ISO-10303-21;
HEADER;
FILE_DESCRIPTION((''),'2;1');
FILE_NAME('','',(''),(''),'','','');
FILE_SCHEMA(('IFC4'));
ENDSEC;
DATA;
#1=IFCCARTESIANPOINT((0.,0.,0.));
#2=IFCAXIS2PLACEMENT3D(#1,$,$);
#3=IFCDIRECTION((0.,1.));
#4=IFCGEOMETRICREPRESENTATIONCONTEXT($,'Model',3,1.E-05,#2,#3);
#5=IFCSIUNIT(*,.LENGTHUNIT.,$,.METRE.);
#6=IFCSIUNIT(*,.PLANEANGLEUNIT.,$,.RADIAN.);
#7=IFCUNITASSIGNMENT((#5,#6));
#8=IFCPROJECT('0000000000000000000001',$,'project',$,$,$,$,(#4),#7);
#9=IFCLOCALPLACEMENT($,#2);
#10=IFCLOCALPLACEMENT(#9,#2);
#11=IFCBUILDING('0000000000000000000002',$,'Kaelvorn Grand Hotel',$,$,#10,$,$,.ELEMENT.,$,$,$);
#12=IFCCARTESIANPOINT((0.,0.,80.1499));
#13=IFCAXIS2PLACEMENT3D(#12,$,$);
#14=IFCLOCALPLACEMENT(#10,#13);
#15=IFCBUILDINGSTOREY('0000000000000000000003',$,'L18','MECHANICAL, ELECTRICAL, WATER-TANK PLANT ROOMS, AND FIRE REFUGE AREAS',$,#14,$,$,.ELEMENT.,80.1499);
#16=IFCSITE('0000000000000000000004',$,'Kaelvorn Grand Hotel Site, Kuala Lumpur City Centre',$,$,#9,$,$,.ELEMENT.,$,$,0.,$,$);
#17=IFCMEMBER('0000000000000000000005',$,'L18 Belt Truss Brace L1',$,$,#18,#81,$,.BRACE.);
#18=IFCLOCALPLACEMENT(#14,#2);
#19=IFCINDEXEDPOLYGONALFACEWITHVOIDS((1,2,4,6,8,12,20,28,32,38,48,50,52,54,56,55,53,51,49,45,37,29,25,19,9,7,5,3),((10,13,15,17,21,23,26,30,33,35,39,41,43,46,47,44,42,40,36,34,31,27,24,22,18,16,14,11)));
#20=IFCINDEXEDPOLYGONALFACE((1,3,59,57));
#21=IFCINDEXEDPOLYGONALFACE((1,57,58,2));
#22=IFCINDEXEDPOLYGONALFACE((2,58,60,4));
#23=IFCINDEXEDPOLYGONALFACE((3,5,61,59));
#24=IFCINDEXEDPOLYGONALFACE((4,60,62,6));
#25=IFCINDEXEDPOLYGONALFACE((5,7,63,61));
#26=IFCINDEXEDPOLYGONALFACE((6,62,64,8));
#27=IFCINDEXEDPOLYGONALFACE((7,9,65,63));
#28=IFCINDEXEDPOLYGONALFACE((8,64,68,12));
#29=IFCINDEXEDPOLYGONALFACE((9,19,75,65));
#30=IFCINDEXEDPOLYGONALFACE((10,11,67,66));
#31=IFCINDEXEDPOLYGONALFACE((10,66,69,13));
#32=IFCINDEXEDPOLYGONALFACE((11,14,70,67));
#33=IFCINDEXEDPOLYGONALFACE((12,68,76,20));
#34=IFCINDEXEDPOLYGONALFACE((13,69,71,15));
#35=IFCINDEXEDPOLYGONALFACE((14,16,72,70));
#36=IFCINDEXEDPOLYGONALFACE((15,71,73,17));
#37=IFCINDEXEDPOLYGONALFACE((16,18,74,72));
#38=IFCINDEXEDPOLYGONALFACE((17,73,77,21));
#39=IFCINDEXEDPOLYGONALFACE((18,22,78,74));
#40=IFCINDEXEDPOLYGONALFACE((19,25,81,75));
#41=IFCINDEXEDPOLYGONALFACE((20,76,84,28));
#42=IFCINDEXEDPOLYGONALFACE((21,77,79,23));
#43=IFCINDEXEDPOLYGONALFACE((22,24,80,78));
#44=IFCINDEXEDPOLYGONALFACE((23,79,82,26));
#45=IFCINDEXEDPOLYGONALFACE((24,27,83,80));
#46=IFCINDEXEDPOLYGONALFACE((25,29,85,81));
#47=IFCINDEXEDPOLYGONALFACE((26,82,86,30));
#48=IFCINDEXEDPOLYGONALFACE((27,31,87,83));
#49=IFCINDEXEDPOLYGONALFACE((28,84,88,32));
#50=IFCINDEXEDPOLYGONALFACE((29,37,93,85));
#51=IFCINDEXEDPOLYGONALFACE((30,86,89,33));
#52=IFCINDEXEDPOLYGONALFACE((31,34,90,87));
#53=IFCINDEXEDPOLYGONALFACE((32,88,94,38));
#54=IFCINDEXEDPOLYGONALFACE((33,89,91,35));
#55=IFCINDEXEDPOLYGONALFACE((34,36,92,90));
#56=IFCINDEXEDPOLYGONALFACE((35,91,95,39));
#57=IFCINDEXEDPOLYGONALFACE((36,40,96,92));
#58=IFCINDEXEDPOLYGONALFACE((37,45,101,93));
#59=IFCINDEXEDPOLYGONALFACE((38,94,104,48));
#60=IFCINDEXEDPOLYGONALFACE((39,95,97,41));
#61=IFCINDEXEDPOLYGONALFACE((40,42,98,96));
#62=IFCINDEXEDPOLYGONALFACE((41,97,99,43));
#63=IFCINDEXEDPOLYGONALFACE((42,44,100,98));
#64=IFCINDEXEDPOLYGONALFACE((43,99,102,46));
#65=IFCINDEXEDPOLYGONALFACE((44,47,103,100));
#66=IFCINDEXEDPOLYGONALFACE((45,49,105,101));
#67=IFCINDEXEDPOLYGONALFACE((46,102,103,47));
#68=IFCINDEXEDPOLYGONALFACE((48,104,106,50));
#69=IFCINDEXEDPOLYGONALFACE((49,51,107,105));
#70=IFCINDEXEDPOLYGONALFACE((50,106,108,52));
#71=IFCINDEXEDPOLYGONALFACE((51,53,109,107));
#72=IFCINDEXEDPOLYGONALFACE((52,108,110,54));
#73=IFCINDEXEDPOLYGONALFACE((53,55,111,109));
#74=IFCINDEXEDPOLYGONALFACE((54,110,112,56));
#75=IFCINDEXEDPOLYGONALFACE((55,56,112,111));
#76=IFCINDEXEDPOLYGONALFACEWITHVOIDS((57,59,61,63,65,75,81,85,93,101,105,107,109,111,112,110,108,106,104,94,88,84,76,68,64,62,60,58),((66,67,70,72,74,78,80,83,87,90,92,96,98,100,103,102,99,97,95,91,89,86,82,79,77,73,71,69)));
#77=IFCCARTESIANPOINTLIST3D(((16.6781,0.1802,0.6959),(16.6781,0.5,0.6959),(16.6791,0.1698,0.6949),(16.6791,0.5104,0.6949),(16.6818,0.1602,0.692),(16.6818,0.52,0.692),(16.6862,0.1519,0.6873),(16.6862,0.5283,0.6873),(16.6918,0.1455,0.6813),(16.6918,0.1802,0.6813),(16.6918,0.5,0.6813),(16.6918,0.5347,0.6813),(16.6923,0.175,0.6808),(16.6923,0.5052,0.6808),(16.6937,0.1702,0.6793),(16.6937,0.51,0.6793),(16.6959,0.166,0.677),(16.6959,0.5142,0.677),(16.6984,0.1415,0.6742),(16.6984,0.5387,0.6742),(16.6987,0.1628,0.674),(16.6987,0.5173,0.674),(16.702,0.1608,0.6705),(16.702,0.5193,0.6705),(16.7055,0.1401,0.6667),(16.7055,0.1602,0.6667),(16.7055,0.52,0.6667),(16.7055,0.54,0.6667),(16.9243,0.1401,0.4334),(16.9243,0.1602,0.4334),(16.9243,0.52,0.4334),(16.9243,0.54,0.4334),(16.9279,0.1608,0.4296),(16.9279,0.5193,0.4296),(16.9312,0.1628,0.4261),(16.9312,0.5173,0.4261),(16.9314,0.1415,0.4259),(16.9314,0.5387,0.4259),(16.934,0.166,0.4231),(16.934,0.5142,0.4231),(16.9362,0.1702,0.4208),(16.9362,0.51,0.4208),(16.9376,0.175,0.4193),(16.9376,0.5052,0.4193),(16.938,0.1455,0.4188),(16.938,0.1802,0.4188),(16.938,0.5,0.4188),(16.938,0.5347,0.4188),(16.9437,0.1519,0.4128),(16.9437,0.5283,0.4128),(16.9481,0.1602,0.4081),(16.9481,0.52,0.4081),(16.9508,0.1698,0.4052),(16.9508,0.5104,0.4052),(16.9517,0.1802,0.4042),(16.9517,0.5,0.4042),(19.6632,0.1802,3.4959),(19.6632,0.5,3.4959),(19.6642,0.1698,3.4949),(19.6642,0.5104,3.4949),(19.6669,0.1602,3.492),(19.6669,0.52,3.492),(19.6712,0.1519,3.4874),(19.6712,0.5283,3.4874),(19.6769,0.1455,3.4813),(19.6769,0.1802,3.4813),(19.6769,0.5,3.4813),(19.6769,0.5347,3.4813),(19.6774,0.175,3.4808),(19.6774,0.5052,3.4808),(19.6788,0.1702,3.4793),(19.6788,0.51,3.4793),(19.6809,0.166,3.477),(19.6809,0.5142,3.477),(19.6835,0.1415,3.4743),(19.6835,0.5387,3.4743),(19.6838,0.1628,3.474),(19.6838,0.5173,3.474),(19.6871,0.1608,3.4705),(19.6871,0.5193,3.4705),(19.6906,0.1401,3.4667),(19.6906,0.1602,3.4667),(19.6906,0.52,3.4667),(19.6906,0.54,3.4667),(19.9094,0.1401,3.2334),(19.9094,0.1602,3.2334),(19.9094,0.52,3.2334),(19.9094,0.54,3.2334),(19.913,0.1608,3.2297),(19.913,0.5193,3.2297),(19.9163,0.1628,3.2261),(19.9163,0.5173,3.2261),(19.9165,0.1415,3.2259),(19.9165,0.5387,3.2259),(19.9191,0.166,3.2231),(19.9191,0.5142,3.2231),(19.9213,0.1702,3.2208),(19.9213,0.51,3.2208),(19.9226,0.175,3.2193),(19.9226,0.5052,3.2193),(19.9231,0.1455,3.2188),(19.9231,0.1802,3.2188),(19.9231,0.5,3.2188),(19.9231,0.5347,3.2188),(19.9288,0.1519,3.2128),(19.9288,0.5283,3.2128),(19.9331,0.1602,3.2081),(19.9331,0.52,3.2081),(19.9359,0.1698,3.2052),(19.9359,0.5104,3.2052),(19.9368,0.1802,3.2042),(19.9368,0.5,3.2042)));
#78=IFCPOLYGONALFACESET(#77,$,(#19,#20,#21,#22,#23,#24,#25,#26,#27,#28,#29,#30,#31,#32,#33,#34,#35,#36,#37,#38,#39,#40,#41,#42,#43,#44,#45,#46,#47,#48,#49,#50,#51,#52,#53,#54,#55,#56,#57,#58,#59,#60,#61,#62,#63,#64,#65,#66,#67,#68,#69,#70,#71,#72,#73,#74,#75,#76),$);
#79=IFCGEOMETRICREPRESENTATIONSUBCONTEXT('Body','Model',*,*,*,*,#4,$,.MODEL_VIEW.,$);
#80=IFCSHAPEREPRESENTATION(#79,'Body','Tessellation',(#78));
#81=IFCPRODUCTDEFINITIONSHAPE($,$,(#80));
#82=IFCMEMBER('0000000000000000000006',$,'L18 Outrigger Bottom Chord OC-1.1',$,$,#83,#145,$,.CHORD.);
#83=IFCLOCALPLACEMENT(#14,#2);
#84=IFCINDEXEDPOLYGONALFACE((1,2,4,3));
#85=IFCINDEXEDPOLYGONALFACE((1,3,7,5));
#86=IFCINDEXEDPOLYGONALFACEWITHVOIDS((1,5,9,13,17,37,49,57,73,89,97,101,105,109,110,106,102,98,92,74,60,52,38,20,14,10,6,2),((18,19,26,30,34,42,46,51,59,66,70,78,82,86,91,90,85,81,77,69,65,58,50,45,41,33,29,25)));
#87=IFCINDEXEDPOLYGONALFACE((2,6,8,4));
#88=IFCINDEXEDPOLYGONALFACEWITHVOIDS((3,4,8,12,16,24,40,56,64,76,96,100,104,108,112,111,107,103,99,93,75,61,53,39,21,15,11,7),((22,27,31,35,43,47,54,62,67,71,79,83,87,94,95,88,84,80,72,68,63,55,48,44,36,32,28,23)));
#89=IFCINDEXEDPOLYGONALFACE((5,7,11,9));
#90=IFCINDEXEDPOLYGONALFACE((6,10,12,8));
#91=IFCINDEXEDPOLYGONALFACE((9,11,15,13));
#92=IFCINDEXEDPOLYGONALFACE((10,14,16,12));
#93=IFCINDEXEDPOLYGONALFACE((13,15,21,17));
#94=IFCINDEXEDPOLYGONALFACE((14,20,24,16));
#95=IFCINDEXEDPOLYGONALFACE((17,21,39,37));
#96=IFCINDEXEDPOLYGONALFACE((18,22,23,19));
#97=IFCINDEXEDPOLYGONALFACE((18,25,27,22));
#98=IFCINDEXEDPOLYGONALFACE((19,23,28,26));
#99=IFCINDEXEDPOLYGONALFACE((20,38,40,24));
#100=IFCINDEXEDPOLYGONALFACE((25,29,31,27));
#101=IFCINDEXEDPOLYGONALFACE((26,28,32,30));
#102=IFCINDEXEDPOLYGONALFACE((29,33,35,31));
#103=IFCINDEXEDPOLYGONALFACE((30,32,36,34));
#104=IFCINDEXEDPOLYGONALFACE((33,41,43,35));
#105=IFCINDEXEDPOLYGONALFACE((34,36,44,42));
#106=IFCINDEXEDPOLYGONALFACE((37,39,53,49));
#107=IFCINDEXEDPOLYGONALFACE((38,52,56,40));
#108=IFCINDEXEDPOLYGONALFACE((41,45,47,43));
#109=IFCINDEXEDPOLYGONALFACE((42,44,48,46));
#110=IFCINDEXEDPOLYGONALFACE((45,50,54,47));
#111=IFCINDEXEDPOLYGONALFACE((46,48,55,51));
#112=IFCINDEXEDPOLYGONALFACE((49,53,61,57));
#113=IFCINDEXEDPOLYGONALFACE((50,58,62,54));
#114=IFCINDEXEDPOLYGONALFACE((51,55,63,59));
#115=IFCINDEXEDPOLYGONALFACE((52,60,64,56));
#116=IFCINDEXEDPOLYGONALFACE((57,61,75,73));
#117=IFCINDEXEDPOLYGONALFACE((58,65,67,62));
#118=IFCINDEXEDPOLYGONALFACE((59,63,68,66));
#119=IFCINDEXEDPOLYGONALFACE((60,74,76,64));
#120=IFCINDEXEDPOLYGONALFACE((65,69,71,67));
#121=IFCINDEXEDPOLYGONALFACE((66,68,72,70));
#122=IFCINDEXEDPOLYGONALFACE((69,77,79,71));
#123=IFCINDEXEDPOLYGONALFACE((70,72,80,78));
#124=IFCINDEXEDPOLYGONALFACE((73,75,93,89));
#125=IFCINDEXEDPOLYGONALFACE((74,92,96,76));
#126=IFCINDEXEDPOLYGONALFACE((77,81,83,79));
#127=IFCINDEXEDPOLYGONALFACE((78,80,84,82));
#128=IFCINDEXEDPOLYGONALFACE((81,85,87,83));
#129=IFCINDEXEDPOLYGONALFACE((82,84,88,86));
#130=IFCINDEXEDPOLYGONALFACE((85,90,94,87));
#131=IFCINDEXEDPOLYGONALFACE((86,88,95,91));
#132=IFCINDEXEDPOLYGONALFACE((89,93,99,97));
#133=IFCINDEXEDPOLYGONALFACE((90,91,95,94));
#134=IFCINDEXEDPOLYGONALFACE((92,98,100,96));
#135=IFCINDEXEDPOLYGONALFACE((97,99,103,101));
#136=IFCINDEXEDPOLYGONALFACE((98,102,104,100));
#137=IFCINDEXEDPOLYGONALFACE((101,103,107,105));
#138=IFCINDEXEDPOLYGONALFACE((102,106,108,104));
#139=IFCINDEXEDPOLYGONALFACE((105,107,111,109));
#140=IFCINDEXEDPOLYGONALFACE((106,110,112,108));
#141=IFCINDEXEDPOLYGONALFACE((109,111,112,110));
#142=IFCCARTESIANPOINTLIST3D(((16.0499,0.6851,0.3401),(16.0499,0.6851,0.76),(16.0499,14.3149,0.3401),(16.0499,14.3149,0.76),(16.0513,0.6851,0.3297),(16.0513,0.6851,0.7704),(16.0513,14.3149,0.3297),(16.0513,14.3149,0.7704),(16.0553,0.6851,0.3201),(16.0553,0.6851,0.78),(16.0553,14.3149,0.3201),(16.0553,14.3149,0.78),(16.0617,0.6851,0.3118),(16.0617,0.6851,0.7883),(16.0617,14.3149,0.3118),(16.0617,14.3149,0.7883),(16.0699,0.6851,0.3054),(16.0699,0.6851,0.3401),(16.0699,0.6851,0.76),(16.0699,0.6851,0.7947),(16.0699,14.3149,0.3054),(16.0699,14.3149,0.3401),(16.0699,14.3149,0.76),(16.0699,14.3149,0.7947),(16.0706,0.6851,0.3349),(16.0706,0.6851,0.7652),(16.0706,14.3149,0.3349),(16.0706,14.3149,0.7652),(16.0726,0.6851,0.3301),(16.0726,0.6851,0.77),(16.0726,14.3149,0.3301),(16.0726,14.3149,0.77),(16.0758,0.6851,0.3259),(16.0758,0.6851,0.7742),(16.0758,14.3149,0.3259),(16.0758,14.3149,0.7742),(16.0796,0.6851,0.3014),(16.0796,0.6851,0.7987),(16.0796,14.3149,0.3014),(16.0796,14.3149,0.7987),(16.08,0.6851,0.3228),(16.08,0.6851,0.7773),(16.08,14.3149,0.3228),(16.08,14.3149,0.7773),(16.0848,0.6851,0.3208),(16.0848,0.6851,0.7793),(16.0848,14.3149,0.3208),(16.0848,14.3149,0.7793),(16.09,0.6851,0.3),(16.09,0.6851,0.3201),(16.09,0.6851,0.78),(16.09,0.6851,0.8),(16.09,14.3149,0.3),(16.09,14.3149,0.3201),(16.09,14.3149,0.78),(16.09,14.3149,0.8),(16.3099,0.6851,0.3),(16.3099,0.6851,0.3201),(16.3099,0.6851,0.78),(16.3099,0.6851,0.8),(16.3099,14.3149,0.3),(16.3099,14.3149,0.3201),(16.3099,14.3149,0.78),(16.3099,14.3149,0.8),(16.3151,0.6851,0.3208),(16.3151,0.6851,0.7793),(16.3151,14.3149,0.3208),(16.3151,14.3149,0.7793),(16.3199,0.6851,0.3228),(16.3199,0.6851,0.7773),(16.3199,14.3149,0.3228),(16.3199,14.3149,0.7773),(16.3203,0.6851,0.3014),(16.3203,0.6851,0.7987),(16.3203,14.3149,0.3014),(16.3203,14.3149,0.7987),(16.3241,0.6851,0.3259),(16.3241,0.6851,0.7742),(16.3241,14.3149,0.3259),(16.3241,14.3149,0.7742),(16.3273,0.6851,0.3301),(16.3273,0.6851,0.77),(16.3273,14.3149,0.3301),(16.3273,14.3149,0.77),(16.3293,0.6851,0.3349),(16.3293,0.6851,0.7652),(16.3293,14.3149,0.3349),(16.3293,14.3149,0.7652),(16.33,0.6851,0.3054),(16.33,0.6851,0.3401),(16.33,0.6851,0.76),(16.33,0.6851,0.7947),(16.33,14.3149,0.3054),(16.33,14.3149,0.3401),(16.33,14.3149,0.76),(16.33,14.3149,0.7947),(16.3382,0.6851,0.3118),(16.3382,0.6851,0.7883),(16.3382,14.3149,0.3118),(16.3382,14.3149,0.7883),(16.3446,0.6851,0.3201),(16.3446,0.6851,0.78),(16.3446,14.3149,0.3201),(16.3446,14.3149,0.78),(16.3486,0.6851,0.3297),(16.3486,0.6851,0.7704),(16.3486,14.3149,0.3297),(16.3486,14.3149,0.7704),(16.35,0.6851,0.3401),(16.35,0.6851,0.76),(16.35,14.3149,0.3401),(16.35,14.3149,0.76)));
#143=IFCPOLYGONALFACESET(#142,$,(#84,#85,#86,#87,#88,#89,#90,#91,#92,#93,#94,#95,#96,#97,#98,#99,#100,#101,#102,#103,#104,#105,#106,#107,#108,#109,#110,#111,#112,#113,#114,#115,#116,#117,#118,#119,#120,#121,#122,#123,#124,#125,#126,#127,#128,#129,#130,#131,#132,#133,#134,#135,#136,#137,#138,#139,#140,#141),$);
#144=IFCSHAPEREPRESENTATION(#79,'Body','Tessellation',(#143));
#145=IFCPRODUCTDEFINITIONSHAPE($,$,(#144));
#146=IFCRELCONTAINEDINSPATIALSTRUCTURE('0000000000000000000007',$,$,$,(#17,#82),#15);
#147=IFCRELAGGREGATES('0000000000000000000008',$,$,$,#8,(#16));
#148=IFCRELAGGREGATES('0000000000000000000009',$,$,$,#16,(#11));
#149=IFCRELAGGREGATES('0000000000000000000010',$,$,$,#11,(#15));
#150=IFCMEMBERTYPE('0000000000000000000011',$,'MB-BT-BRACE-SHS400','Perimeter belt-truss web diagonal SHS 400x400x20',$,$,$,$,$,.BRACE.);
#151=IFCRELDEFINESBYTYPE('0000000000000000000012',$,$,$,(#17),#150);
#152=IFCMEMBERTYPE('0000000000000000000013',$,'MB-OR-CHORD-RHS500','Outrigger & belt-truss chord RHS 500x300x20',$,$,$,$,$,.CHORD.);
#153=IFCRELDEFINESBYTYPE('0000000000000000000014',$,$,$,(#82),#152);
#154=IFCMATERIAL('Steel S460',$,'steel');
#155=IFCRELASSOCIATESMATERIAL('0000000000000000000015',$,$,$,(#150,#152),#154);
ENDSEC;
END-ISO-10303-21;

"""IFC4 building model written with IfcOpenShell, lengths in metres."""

from ifc_helpers import new_model, si_unit, direction, frame, origin, origin_2d, place, context, subcontext, project, spatial, hollow_rectangle, extrude, material, material_profile, profile_set, type_object, element, save


model = new_model("IFC4")

# Units and contexts
model_context = context("Model", 3, precision=1e-05, world=origin(), true_north=direction((0.0, 1.0)))
body_context = subcontext(model_context, "Body", "Model", "MODEL_VIEW")
ifc_project = project(units=[si_unit("LENGTHUNIT", "METRE"), si_unit("PLANEANGLEUNIT", "RADIAN")], contexts=[model_context])

# Site, building, storey
site_placement = place(None, origin())
site = spatial("IfcSite", under=ifc_project, at=site_placement, Name="Kaelvorn Grand Hotel Site, Kuala Lumpur City Centre", CompositionType="ELEMENT", RefElevation=0.0)
building_placement = place(site_placement, origin())
building = spatial("IfcBuilding", under=site, at=building_placement, Name="Kaelvorn Grand Hotel", CompositionType="ELEMENT")
storey_placement = place(building_placement, frame((0.0, 0.0, 80.1499)))
storey = spatial("IfcBuildingStorey", under=building, at=storey_placement, Name="L18", Description="MECHANICAL, ELECTRICAL, WATER-TANK PLANT ROOMS, AND FIRE REFUGE AREAS", CompositionType="ELEMENT", Elevation=80.1499)

# Members
ifc_material_1 = material(Name="Steel S460", Category="steel")
ifc_material_profile_1 = material_profile(ifc_material_1, hollow_rectangle(XDim=0.3999, YDim=0.3999, WallThickness=0.02, InnerFilletRadius=0.02, OuterFilletRadius=0.04, at=origin_2d()), Name="SHS 400x400x20.0")
ifc_profile_set_1 = profile_set([ifc_material_profile_1], Name="Steel S460")
member_type_1 = type_object("IfcMemberType", Name="MB-BT-BRACE-SHS400", Description="Perimeter belt-truss web diagonal SHS 400x400x20", PredefinedType="BRACE", material=ifc_profile_set_1)
member_1_placement = place(storey_placement, frame((16.8149, 0.3401, 0.55), z_axis=(0.729353, 0.0, 0.684138), x_axis=(0.0, 1.0, 0.0)))
element("IfcMember", 1, at=member_1_placement, inside=storey, type_object=member_type_1, Name="L18 Belt Truss Brace L1", PredefinedType="BRACE", context=body_context, shape_type="SweptSolid", body=[
    extrude(hollow_rectangle(XDim=0.3999, YDim=0.3999, WallThickness=0.02, InnerFilletRadius=0.02, OuterFilletRadius=0.04, at=origin_2d()), origin(), (0.0, 0.0, 1.0), 4.0928),
])
ifc_material_profile_2 = material_profile(ifc_material_1, hollow_rectangle(XDim=0.3, YDim=0.5, WallThickness=0.02, InnerFilletRadius=0.02, OuterFilletRadius=0.04, at=origin_2d()), Name="RHS 500x300x20.0")
ifc_profile_set_2 = profile_set([ifc_material_profile_2], Name="Steel S460")
member_type_2 = type_object("IfcMemberType", Name="MB-OR-CHORD-RHS500", Description="Outrigger & belt-truss chord RHS 500x300x20", PredefinedType="CHORD", material=ifc_profile_set_2)
member_2_placement = place(storey_placement, frame((16.2, 0.6851, 0.55), z_axis=(0.0, 1.0, 0.0), x_axis=(-1.0, 0.0, 0.0)))
element("IfcMember", 2, at=member_2_placement, inside=storey, type_object=member_type_2, Name="L18 Outrigger Bottom Chord OC-1.1", PredefinedType="CHORD", context=body_context, shape_type="SweptSolid", body=[
    extrude(hollow_rectangle(XDim=0.3, YDim=0.5, WallThickness=0.02, InnerFilletRadius=0.02, OuterFilletRadius=0.04, at=origin_2d()), origin(), (0.0, 0.0, 1.0), 13.6299),
])

save(model, "model.ifc")
